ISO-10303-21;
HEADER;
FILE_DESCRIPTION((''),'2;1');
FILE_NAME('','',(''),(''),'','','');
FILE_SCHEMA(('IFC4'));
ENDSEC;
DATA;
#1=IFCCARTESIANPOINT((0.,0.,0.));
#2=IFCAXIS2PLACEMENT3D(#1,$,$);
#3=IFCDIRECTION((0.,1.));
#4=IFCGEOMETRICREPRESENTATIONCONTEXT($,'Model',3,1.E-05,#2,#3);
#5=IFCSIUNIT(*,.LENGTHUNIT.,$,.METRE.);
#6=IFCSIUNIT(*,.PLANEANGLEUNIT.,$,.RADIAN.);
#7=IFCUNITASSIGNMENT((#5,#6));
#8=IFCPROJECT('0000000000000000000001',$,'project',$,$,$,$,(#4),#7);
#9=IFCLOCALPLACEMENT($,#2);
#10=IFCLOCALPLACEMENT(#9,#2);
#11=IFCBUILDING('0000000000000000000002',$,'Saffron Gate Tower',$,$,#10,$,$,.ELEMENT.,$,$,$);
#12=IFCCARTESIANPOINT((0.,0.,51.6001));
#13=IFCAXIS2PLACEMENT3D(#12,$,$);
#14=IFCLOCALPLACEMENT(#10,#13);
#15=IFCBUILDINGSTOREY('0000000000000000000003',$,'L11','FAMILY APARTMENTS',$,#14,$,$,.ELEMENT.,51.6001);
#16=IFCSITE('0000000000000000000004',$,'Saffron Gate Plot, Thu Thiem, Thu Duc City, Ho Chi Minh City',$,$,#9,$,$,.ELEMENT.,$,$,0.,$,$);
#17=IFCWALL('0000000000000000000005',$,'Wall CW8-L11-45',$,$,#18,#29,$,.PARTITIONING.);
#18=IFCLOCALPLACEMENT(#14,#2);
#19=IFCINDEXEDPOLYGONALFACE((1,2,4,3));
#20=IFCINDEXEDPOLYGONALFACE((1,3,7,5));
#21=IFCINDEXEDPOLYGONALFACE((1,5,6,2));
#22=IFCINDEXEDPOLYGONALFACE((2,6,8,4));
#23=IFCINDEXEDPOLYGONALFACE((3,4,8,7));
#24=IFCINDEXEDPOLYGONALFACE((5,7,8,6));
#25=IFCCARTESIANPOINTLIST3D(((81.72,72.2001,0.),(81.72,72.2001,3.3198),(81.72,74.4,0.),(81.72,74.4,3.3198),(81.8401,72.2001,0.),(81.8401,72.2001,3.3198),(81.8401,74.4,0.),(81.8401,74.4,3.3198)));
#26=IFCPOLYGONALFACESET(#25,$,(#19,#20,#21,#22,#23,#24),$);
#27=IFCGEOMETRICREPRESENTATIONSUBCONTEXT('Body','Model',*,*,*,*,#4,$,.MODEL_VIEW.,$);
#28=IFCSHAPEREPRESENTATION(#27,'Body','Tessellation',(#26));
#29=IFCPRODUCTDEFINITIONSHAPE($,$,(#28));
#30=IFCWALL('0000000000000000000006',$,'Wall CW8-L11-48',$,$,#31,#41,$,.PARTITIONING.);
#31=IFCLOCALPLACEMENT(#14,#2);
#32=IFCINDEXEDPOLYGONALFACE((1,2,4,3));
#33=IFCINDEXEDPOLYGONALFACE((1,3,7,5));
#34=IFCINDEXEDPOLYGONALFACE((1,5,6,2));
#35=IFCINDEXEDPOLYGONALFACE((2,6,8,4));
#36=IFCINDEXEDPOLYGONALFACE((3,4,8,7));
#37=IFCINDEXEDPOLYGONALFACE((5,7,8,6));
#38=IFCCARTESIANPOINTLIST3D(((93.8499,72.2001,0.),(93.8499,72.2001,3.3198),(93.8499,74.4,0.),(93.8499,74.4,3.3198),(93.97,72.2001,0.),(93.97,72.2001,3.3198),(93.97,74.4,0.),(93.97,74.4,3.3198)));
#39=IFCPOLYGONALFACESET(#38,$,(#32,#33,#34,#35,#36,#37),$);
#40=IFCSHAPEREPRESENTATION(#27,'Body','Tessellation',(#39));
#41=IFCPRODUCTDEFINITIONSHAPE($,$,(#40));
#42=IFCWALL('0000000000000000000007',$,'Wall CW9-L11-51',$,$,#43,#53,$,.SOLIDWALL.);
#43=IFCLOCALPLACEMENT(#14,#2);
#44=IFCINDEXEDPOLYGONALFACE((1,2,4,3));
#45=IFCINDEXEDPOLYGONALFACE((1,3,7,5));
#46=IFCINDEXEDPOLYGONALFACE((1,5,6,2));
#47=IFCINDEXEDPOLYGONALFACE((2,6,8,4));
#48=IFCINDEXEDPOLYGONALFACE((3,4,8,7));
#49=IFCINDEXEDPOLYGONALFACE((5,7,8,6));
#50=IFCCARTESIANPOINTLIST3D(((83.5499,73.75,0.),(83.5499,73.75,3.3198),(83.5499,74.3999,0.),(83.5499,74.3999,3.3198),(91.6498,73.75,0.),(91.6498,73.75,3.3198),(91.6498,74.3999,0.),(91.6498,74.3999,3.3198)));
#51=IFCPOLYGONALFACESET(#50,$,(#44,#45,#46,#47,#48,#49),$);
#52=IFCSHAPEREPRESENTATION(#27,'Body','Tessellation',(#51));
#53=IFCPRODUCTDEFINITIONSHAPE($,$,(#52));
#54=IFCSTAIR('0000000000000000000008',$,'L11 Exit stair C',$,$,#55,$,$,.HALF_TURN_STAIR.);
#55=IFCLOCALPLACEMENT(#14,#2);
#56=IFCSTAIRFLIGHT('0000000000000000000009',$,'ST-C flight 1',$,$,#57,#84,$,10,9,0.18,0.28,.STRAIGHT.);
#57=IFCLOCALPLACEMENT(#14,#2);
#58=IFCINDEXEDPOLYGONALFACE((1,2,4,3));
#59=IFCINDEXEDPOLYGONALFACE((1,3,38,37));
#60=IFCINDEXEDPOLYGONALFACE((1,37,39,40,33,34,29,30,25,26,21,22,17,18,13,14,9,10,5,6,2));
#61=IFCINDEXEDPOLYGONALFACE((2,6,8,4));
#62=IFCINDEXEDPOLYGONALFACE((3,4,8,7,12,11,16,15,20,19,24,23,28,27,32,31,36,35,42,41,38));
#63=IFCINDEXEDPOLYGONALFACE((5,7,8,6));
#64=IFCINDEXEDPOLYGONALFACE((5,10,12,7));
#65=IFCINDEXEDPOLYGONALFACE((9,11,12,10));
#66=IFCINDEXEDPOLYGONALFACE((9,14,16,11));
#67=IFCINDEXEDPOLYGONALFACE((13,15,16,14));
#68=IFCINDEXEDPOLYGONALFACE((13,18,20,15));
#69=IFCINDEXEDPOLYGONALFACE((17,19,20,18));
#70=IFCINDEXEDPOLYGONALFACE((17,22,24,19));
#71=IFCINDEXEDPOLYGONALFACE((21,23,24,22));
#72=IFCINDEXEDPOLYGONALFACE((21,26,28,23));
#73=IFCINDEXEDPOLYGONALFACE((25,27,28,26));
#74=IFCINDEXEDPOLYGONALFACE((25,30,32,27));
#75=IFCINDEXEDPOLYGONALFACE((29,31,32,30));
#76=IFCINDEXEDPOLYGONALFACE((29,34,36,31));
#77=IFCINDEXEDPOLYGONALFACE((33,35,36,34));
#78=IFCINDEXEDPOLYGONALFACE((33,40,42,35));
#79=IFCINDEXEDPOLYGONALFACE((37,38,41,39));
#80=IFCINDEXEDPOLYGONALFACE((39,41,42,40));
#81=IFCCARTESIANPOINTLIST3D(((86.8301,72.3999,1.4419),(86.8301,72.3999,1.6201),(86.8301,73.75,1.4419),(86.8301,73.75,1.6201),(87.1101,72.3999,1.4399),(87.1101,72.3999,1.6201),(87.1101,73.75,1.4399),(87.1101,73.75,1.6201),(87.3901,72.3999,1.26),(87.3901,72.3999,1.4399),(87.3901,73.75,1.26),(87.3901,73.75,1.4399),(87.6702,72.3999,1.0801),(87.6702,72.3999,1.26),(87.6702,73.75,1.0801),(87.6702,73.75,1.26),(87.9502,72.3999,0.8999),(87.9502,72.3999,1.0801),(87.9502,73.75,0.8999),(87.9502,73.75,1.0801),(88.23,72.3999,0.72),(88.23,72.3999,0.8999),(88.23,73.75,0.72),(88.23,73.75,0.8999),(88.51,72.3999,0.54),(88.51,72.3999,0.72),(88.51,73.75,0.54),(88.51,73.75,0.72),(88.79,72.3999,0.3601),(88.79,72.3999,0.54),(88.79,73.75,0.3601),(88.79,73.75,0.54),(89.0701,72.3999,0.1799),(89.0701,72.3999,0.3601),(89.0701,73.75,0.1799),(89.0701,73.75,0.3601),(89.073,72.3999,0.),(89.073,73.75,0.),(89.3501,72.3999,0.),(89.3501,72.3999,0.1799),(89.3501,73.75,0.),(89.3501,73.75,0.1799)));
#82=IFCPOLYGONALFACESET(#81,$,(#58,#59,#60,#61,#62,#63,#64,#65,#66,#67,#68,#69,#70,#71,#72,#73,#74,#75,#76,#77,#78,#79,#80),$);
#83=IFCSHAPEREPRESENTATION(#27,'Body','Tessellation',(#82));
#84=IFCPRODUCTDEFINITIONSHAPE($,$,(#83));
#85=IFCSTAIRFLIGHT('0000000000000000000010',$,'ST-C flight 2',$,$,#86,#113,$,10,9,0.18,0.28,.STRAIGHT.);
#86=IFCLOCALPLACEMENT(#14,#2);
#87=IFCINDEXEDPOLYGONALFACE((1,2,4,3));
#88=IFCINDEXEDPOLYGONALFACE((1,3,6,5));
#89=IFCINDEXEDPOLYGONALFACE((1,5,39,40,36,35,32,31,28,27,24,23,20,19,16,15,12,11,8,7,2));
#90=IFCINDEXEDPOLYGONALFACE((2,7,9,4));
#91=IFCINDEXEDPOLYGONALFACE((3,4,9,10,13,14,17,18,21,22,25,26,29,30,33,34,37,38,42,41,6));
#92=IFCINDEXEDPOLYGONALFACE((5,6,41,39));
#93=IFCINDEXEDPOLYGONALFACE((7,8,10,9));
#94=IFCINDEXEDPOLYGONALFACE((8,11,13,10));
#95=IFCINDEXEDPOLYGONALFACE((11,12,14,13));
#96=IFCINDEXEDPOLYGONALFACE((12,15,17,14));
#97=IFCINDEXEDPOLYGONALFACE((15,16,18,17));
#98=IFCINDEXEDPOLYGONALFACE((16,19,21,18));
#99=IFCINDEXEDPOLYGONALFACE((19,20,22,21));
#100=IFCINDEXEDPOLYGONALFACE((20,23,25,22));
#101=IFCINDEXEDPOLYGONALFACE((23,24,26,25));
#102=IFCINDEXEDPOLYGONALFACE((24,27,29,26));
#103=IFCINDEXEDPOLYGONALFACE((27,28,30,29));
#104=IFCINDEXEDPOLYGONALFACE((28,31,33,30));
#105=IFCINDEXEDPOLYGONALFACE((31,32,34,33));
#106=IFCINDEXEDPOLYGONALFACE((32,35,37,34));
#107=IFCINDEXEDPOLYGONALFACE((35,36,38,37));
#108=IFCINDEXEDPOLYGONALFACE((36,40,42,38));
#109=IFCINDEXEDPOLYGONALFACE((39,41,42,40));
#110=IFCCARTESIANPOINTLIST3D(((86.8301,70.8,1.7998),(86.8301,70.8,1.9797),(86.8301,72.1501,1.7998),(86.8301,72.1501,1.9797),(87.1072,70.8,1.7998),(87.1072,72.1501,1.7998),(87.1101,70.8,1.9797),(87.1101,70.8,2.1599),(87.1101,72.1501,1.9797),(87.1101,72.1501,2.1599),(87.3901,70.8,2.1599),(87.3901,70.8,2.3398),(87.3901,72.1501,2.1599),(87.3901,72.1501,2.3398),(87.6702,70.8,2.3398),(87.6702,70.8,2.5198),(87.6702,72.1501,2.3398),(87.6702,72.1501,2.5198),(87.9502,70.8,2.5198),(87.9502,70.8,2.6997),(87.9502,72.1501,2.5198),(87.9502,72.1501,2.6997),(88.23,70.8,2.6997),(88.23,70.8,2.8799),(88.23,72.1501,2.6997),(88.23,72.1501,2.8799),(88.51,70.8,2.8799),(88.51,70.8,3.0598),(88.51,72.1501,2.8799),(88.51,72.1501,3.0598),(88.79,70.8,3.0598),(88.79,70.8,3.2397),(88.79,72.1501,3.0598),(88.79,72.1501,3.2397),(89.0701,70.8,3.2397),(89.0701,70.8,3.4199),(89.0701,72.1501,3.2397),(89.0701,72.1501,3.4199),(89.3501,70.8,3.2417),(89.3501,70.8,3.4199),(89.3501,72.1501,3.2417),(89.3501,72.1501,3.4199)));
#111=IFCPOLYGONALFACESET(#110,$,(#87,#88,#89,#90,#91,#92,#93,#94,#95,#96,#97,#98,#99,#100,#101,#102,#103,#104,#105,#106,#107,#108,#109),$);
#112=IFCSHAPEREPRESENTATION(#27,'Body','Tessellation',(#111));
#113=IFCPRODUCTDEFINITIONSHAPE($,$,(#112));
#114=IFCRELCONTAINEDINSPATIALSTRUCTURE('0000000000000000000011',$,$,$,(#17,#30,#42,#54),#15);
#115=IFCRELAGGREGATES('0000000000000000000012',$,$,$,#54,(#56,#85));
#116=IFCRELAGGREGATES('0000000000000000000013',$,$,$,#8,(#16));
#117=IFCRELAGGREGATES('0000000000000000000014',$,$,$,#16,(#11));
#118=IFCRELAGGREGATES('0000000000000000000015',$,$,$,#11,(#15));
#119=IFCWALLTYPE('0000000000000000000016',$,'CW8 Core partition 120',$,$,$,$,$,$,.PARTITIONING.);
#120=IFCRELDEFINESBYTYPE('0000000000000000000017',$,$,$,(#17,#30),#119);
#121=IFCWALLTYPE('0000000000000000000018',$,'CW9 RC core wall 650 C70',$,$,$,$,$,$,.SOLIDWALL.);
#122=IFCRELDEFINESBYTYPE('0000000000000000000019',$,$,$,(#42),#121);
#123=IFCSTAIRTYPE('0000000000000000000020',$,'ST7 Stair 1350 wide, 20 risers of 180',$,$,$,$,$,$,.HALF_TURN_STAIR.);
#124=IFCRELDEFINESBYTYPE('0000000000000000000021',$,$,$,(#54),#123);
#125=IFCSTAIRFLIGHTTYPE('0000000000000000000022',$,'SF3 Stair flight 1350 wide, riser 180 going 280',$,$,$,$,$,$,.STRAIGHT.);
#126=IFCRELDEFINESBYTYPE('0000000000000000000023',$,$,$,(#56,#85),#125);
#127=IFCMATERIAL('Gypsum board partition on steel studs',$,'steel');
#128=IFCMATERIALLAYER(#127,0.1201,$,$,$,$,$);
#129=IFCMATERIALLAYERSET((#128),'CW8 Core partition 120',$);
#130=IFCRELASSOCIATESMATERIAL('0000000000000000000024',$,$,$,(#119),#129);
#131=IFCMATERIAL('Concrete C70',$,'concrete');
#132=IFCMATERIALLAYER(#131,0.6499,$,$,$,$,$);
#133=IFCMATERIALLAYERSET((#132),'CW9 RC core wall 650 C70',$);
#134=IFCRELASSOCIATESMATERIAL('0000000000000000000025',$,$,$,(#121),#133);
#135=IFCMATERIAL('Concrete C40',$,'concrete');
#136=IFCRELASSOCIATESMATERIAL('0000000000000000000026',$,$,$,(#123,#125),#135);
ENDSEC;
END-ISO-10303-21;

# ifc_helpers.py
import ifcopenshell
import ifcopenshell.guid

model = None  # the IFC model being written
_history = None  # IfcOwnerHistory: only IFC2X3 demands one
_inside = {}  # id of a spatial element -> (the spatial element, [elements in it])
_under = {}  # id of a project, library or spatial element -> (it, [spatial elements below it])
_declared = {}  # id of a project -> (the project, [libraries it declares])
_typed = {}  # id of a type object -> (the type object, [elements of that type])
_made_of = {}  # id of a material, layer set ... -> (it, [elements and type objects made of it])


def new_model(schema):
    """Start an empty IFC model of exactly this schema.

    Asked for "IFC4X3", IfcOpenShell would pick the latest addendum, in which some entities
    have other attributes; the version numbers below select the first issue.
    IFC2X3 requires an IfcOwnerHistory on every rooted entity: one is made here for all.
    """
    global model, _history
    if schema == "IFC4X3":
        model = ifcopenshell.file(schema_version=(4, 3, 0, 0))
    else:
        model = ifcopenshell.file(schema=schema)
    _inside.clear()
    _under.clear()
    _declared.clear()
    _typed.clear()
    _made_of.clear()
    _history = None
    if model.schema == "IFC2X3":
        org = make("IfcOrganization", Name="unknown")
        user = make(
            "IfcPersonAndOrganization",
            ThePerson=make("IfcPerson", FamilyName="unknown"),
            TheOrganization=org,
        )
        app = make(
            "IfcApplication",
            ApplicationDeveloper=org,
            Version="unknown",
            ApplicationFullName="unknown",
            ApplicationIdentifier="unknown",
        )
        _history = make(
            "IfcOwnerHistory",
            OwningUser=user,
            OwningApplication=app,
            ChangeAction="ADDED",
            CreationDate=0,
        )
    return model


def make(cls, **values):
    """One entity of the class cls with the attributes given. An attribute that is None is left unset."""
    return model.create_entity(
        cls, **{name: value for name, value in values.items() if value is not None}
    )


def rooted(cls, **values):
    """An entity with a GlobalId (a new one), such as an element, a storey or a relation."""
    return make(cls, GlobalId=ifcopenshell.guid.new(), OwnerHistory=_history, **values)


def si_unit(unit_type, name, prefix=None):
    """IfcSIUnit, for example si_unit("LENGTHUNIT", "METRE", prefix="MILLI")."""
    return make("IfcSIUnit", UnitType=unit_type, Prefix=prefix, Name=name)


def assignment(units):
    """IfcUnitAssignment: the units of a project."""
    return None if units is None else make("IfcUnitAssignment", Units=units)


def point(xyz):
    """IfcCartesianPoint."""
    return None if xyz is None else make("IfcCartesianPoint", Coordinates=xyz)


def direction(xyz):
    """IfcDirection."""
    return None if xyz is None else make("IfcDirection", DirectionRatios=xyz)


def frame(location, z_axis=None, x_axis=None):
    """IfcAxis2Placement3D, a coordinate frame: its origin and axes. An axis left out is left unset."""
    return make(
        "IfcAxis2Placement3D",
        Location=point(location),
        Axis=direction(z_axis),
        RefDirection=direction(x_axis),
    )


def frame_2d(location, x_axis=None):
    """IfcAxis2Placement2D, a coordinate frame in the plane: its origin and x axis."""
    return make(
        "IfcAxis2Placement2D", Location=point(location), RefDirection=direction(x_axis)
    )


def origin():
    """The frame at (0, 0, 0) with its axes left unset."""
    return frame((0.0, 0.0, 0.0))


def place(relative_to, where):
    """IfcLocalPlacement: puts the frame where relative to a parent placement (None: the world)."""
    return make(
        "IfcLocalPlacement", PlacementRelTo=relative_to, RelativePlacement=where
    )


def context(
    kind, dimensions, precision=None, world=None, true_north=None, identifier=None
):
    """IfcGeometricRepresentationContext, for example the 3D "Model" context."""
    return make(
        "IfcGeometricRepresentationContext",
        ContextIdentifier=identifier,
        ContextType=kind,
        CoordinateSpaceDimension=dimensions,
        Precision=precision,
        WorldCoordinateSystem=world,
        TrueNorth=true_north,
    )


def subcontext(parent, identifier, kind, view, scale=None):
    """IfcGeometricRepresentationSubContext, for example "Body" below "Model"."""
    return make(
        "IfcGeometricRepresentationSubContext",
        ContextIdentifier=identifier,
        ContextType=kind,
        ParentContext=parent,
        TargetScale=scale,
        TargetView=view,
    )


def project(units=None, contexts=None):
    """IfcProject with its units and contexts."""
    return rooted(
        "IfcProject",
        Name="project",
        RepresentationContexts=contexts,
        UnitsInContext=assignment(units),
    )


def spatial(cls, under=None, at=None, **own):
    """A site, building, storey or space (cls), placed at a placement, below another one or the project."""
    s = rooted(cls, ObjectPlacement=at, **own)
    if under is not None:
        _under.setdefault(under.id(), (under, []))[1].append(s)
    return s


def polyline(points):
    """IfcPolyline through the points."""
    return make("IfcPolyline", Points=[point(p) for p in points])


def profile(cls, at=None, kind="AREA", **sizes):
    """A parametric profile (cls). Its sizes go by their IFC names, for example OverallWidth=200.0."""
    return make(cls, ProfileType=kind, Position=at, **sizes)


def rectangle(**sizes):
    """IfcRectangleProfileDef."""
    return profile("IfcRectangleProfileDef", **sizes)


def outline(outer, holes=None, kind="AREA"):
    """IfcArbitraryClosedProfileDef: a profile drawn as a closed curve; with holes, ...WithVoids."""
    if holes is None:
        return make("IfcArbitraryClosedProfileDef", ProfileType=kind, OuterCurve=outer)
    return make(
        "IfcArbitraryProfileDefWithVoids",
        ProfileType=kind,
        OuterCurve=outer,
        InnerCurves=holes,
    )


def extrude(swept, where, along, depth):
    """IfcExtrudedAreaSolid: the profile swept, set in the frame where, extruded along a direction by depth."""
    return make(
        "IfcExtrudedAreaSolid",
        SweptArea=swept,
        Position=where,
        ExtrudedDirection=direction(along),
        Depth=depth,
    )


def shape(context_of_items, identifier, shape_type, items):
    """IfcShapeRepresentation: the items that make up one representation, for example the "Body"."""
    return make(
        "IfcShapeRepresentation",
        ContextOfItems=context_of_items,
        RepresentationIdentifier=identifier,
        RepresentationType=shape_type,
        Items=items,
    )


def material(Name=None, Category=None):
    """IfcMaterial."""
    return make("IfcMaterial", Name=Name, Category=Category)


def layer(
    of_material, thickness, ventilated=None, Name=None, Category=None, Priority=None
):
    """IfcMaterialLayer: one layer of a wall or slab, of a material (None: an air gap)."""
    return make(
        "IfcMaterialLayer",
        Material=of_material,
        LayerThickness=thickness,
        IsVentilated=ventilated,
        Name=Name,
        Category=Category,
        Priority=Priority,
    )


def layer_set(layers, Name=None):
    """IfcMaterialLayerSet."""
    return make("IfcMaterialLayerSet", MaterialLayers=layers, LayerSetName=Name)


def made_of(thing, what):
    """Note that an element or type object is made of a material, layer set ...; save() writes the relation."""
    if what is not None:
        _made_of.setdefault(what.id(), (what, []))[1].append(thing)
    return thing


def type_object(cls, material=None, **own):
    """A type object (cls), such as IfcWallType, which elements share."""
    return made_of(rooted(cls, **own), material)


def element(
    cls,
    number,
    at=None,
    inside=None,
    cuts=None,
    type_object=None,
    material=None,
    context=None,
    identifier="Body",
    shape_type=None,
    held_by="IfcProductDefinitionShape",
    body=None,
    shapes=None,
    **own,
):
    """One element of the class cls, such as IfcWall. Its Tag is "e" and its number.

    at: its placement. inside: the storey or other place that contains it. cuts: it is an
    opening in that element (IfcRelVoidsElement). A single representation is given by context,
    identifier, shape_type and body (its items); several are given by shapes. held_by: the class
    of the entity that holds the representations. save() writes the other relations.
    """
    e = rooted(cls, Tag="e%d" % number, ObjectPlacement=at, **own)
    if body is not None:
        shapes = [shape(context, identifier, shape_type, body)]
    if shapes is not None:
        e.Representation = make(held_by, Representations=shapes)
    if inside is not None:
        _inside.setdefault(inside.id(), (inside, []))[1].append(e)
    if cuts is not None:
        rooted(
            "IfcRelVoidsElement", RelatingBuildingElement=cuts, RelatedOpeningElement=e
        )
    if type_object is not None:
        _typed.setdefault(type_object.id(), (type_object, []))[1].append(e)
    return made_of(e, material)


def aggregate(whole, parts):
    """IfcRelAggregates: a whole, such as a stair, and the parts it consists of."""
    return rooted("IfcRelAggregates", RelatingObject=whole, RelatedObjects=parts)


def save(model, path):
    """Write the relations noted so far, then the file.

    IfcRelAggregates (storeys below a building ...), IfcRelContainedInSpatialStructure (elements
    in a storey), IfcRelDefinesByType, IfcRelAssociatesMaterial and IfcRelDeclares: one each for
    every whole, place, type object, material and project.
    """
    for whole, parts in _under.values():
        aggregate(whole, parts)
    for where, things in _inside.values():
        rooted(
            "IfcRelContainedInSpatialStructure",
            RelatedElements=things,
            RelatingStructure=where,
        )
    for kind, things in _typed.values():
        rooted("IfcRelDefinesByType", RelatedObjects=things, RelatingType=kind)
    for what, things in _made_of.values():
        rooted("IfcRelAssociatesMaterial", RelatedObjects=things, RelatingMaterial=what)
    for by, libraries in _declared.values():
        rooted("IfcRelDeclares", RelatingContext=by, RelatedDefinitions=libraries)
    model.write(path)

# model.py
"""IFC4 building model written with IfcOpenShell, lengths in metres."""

from ifc_helpers import new_model, si_unit, direction, frame, frame_2d, origin, place, context, subcontext, project, spatial, polyline, rectangle, outline, extrude, material, layer, layer_set, type_object, element, aggregate, save


model = new_model("IFC4")

# Units and contexts
model_context = context("Model", 3, precision=1e-05, world=origin(), true_north=direction((0.0, 1.0)))
body_context = subcontext(model_context, "Body", "Model", "MODEL_VIEW")
ifc_project = project(units=[si_unit("LENGTHUNIT", "METRE"), si_unit("PLANEANGLEUNIT", "RADIAN")], contexts=[model_context])

# Site, building, storey
site_placement = place(None, origin())
site = spatial("IfcSite", under=ifc_project, at=site_placement, Name="Saffron Gate Plot, Thu Thiem, Thu Duc City, Ho Chi Minh City", CompositionType="ELEMENT", RefElevation=0.0)
building_placement = place(site_placement, origin())
building = spatial("IfcBuilding", under=site, at=building_placement, Name="Saffron Gate Tower", CompositionType="ELEMENT")
storey_placement = place(building_placement, frame((0.0, 0.0, 51.6001)))
storey = spatial("IfcBuildingStorey", under=building, at=storey_placement, Name="L11", Description="FAMILY APARTMENTS", CompositionType="ELEMENT", Elevation=51.6001)

# Shared definitions
ifc_material_1 = material(Name="Gypsum board partition on steel studs", Category="steel")
ifc_material_2 = material(Name="Concrete C70", Category="concrete")

# Walls
ifc_layer_1 = layer(ifc_material_1, 0.1201)
ifc_layer_set_1 = layer_set([ifc_layer_1], Name="CW8 Core partition 120")
wall_type_1 = type_object("IfcWallType", Name="CW8 Core partition 120", PredefinedType="PARTITIONING", material=ifc_layer_set_1)
for number, where, z_axis, x_axis, name in (
    (1, (81.78, 72.2, 0.0), (0.0, 0.0, 1.0), (0.0, 1.0, 0.0), "Wall CW8-L11-45"),
    (2, (93.9099, 72.2, 0.0), (0.0, 0.0, 1.0), (0.0, 1.0, 0.0), "Wall CW8-L11-48"),
):
    element("IfcWall", number, at=place(storey_placement, frame(where, z_axis=z_axis, x_axis=x_axis)), inside=storey, type_object=wall_type_1, Name=name, PredefinedType="PARTITIONING", context=body_context, shape_type="SweptSolid", body=[
        extrude(rectangle(XDim=2.2, YDim=0.1201, at=frame_2d((1.1001, 0.0))), origin(), (0.0, 0.0, 1.0), 3.3198),
    ])
ifc_layer_2 = layer(ifc_material_2, 0.6499)
ifc_layer_set_2 = layer_set([ifc_layer_2], Name="CW9 RC core wall 650 C70")
wall_type_2 = type_object("IfcWallType", Name="CW9 RC core wall 650 C70", PredefinedType="SOLIDWALL", material=ifc_layer_set_2)
wall_1_placement = place(storey_placement, frame((83.55, 74.075, 0.0), z_axis=(0.0, 0.0, 1.0), x_axis=(1.0, 0.0, 0.0)))
element("IfcWall", 3, at=wall_1_placement, inside=storey, type_object=wall_type_2, Name="Wall CW9-L11-51", PredefinedType="SOLIDWALL", context=body_context, shape_type="SweptSolid", body=[
    extrude(rectangle(XDim=8.0999, YDim=0.6499, at=frame_2d((4.0498, 0.0))), origin(), (0.0, 0.0, 1.0), 3.3198),
])

# Stair, stair flights
ifc_material_3 = material(Name="Concrete C40", Category="concrete")
stair_type = type_object("IfcStairType", Name="ST7 Stair 1350 wide, 20 risers of 180", PredefinedType="HALF_TURN_STAIR", material=ifc_material_3)
stair_placement = place(storey_placement, origin())
stair = element("IfcStair", 4, at=stair_placement, inside=storey, type_object=stair_type, Name="L11 Exit stair C", PredefinedType="HALF_TURN_STAIR")
stair_flight_type = type_object("IfcStairFlightType", Name="SF3 Stair flight 1350 wide, riser 180 going 280", PredefinedType="STRAIGHT", material=ifc_material_3)
stair_flight_1_placement = place(storey_placement, frame((89.3501, 73.075, 0.0), z_axis=(0.0, 0.0, 1.0), x_axis=(-1.0, 0.0, 0.0)))
stair_flight_1 = element("IfcStairFlight", 5, at=stair_flight_1_placement, type_object=stair_flight_type, Name="ST-C flight 1", NumberOfRisers=10, NumberOfTreads=9, PredefinedType="STRAIGHT", RiserHeight=0.18, TreadLength=0.28, context=body_context, shape_type="SweptSolid", body=[
    extrude(outline(polyline([(0.0, 0.0), (0.0, 0.1799), (0.28, 0.1799), (0.28, 0.3601), (0.5601, 0.3601), (0.5601, 0.54), (0.8401, 0.54), (0.8401, 0.72), (1.1201, 0.72), (1.1201, 0.8999), (1.3999, 0.8999), (1.3999, 1.0801), (1.6799, 1.0801), (1.6799, 1.26), (1.96, 1.26), (1.96, 1.4399), (2.24, 1.4399), (2.24, 1.6201), (2.52, 1.6201), (2.52, 1.8), (2.52, 1.4419), (0.2771, 0.0), (0.0, 0.0)])), frame((0.0, 0.675, 0.0), z_axis=(0.0, -1.0, 0.0), x_axis=(1.0, 0.0, 0.0)), (0.0, 0.0, 1.0), 1.3501),
])
stair_flight_2_placement = place(storey_placement, frame((86.8301, 71.4751, 1.7998), z_axis=(0.0, 0.0, 1.0), x_axis=(1.0, 0.0, 0.0)))
stair_flight_2 = element("IfcStairFlight", 6, at=stair_flight_2_placement, type_object=stair_flight_type, Name="ST-C flight 2", NumberOfRisers=10, NumberOfTreads=9, PredefinedType="STRAIGHT", RiserHeight=0.18, TreadLength=0.28, context=body_context, shape_type="SweptSolid", body=[
    extrude(outline(polyline([(0.0, 0.0), (0.0, 0.1799), (0.28, 0.1799), (0.28, 0.3601), (0.5601, 0.3601), (0.5601, 0.54), (0.8401, 0.54), (0.8401, 0.72), (1.1201, 0.72), (1.1201, 0.8999), (1.3999, 0.8999), (1.3999, 1.0801), (1.6799, 1.0801), (1.6799, 1.26), (1.96, 1.26), (1.96, 1.4399), (2.24, 1.4399), (2.24, 1.6201), (2.52, 1.6201), (2.52, 1.8), (2.52, 1.4419), (0.2771, 0.0), (0.0, 0.0)])), frame((0.0, 0.675, 0.0), z_axis=(0.0, -1.0, 0.0), x_axis=(1.0, 0.0, 0.0)), (0.0, 0.0, 1.0), 1.3501),
])
aggregate(stair, [stair_flight_1, stair_flight_2])

save(model, "model.ifc")
